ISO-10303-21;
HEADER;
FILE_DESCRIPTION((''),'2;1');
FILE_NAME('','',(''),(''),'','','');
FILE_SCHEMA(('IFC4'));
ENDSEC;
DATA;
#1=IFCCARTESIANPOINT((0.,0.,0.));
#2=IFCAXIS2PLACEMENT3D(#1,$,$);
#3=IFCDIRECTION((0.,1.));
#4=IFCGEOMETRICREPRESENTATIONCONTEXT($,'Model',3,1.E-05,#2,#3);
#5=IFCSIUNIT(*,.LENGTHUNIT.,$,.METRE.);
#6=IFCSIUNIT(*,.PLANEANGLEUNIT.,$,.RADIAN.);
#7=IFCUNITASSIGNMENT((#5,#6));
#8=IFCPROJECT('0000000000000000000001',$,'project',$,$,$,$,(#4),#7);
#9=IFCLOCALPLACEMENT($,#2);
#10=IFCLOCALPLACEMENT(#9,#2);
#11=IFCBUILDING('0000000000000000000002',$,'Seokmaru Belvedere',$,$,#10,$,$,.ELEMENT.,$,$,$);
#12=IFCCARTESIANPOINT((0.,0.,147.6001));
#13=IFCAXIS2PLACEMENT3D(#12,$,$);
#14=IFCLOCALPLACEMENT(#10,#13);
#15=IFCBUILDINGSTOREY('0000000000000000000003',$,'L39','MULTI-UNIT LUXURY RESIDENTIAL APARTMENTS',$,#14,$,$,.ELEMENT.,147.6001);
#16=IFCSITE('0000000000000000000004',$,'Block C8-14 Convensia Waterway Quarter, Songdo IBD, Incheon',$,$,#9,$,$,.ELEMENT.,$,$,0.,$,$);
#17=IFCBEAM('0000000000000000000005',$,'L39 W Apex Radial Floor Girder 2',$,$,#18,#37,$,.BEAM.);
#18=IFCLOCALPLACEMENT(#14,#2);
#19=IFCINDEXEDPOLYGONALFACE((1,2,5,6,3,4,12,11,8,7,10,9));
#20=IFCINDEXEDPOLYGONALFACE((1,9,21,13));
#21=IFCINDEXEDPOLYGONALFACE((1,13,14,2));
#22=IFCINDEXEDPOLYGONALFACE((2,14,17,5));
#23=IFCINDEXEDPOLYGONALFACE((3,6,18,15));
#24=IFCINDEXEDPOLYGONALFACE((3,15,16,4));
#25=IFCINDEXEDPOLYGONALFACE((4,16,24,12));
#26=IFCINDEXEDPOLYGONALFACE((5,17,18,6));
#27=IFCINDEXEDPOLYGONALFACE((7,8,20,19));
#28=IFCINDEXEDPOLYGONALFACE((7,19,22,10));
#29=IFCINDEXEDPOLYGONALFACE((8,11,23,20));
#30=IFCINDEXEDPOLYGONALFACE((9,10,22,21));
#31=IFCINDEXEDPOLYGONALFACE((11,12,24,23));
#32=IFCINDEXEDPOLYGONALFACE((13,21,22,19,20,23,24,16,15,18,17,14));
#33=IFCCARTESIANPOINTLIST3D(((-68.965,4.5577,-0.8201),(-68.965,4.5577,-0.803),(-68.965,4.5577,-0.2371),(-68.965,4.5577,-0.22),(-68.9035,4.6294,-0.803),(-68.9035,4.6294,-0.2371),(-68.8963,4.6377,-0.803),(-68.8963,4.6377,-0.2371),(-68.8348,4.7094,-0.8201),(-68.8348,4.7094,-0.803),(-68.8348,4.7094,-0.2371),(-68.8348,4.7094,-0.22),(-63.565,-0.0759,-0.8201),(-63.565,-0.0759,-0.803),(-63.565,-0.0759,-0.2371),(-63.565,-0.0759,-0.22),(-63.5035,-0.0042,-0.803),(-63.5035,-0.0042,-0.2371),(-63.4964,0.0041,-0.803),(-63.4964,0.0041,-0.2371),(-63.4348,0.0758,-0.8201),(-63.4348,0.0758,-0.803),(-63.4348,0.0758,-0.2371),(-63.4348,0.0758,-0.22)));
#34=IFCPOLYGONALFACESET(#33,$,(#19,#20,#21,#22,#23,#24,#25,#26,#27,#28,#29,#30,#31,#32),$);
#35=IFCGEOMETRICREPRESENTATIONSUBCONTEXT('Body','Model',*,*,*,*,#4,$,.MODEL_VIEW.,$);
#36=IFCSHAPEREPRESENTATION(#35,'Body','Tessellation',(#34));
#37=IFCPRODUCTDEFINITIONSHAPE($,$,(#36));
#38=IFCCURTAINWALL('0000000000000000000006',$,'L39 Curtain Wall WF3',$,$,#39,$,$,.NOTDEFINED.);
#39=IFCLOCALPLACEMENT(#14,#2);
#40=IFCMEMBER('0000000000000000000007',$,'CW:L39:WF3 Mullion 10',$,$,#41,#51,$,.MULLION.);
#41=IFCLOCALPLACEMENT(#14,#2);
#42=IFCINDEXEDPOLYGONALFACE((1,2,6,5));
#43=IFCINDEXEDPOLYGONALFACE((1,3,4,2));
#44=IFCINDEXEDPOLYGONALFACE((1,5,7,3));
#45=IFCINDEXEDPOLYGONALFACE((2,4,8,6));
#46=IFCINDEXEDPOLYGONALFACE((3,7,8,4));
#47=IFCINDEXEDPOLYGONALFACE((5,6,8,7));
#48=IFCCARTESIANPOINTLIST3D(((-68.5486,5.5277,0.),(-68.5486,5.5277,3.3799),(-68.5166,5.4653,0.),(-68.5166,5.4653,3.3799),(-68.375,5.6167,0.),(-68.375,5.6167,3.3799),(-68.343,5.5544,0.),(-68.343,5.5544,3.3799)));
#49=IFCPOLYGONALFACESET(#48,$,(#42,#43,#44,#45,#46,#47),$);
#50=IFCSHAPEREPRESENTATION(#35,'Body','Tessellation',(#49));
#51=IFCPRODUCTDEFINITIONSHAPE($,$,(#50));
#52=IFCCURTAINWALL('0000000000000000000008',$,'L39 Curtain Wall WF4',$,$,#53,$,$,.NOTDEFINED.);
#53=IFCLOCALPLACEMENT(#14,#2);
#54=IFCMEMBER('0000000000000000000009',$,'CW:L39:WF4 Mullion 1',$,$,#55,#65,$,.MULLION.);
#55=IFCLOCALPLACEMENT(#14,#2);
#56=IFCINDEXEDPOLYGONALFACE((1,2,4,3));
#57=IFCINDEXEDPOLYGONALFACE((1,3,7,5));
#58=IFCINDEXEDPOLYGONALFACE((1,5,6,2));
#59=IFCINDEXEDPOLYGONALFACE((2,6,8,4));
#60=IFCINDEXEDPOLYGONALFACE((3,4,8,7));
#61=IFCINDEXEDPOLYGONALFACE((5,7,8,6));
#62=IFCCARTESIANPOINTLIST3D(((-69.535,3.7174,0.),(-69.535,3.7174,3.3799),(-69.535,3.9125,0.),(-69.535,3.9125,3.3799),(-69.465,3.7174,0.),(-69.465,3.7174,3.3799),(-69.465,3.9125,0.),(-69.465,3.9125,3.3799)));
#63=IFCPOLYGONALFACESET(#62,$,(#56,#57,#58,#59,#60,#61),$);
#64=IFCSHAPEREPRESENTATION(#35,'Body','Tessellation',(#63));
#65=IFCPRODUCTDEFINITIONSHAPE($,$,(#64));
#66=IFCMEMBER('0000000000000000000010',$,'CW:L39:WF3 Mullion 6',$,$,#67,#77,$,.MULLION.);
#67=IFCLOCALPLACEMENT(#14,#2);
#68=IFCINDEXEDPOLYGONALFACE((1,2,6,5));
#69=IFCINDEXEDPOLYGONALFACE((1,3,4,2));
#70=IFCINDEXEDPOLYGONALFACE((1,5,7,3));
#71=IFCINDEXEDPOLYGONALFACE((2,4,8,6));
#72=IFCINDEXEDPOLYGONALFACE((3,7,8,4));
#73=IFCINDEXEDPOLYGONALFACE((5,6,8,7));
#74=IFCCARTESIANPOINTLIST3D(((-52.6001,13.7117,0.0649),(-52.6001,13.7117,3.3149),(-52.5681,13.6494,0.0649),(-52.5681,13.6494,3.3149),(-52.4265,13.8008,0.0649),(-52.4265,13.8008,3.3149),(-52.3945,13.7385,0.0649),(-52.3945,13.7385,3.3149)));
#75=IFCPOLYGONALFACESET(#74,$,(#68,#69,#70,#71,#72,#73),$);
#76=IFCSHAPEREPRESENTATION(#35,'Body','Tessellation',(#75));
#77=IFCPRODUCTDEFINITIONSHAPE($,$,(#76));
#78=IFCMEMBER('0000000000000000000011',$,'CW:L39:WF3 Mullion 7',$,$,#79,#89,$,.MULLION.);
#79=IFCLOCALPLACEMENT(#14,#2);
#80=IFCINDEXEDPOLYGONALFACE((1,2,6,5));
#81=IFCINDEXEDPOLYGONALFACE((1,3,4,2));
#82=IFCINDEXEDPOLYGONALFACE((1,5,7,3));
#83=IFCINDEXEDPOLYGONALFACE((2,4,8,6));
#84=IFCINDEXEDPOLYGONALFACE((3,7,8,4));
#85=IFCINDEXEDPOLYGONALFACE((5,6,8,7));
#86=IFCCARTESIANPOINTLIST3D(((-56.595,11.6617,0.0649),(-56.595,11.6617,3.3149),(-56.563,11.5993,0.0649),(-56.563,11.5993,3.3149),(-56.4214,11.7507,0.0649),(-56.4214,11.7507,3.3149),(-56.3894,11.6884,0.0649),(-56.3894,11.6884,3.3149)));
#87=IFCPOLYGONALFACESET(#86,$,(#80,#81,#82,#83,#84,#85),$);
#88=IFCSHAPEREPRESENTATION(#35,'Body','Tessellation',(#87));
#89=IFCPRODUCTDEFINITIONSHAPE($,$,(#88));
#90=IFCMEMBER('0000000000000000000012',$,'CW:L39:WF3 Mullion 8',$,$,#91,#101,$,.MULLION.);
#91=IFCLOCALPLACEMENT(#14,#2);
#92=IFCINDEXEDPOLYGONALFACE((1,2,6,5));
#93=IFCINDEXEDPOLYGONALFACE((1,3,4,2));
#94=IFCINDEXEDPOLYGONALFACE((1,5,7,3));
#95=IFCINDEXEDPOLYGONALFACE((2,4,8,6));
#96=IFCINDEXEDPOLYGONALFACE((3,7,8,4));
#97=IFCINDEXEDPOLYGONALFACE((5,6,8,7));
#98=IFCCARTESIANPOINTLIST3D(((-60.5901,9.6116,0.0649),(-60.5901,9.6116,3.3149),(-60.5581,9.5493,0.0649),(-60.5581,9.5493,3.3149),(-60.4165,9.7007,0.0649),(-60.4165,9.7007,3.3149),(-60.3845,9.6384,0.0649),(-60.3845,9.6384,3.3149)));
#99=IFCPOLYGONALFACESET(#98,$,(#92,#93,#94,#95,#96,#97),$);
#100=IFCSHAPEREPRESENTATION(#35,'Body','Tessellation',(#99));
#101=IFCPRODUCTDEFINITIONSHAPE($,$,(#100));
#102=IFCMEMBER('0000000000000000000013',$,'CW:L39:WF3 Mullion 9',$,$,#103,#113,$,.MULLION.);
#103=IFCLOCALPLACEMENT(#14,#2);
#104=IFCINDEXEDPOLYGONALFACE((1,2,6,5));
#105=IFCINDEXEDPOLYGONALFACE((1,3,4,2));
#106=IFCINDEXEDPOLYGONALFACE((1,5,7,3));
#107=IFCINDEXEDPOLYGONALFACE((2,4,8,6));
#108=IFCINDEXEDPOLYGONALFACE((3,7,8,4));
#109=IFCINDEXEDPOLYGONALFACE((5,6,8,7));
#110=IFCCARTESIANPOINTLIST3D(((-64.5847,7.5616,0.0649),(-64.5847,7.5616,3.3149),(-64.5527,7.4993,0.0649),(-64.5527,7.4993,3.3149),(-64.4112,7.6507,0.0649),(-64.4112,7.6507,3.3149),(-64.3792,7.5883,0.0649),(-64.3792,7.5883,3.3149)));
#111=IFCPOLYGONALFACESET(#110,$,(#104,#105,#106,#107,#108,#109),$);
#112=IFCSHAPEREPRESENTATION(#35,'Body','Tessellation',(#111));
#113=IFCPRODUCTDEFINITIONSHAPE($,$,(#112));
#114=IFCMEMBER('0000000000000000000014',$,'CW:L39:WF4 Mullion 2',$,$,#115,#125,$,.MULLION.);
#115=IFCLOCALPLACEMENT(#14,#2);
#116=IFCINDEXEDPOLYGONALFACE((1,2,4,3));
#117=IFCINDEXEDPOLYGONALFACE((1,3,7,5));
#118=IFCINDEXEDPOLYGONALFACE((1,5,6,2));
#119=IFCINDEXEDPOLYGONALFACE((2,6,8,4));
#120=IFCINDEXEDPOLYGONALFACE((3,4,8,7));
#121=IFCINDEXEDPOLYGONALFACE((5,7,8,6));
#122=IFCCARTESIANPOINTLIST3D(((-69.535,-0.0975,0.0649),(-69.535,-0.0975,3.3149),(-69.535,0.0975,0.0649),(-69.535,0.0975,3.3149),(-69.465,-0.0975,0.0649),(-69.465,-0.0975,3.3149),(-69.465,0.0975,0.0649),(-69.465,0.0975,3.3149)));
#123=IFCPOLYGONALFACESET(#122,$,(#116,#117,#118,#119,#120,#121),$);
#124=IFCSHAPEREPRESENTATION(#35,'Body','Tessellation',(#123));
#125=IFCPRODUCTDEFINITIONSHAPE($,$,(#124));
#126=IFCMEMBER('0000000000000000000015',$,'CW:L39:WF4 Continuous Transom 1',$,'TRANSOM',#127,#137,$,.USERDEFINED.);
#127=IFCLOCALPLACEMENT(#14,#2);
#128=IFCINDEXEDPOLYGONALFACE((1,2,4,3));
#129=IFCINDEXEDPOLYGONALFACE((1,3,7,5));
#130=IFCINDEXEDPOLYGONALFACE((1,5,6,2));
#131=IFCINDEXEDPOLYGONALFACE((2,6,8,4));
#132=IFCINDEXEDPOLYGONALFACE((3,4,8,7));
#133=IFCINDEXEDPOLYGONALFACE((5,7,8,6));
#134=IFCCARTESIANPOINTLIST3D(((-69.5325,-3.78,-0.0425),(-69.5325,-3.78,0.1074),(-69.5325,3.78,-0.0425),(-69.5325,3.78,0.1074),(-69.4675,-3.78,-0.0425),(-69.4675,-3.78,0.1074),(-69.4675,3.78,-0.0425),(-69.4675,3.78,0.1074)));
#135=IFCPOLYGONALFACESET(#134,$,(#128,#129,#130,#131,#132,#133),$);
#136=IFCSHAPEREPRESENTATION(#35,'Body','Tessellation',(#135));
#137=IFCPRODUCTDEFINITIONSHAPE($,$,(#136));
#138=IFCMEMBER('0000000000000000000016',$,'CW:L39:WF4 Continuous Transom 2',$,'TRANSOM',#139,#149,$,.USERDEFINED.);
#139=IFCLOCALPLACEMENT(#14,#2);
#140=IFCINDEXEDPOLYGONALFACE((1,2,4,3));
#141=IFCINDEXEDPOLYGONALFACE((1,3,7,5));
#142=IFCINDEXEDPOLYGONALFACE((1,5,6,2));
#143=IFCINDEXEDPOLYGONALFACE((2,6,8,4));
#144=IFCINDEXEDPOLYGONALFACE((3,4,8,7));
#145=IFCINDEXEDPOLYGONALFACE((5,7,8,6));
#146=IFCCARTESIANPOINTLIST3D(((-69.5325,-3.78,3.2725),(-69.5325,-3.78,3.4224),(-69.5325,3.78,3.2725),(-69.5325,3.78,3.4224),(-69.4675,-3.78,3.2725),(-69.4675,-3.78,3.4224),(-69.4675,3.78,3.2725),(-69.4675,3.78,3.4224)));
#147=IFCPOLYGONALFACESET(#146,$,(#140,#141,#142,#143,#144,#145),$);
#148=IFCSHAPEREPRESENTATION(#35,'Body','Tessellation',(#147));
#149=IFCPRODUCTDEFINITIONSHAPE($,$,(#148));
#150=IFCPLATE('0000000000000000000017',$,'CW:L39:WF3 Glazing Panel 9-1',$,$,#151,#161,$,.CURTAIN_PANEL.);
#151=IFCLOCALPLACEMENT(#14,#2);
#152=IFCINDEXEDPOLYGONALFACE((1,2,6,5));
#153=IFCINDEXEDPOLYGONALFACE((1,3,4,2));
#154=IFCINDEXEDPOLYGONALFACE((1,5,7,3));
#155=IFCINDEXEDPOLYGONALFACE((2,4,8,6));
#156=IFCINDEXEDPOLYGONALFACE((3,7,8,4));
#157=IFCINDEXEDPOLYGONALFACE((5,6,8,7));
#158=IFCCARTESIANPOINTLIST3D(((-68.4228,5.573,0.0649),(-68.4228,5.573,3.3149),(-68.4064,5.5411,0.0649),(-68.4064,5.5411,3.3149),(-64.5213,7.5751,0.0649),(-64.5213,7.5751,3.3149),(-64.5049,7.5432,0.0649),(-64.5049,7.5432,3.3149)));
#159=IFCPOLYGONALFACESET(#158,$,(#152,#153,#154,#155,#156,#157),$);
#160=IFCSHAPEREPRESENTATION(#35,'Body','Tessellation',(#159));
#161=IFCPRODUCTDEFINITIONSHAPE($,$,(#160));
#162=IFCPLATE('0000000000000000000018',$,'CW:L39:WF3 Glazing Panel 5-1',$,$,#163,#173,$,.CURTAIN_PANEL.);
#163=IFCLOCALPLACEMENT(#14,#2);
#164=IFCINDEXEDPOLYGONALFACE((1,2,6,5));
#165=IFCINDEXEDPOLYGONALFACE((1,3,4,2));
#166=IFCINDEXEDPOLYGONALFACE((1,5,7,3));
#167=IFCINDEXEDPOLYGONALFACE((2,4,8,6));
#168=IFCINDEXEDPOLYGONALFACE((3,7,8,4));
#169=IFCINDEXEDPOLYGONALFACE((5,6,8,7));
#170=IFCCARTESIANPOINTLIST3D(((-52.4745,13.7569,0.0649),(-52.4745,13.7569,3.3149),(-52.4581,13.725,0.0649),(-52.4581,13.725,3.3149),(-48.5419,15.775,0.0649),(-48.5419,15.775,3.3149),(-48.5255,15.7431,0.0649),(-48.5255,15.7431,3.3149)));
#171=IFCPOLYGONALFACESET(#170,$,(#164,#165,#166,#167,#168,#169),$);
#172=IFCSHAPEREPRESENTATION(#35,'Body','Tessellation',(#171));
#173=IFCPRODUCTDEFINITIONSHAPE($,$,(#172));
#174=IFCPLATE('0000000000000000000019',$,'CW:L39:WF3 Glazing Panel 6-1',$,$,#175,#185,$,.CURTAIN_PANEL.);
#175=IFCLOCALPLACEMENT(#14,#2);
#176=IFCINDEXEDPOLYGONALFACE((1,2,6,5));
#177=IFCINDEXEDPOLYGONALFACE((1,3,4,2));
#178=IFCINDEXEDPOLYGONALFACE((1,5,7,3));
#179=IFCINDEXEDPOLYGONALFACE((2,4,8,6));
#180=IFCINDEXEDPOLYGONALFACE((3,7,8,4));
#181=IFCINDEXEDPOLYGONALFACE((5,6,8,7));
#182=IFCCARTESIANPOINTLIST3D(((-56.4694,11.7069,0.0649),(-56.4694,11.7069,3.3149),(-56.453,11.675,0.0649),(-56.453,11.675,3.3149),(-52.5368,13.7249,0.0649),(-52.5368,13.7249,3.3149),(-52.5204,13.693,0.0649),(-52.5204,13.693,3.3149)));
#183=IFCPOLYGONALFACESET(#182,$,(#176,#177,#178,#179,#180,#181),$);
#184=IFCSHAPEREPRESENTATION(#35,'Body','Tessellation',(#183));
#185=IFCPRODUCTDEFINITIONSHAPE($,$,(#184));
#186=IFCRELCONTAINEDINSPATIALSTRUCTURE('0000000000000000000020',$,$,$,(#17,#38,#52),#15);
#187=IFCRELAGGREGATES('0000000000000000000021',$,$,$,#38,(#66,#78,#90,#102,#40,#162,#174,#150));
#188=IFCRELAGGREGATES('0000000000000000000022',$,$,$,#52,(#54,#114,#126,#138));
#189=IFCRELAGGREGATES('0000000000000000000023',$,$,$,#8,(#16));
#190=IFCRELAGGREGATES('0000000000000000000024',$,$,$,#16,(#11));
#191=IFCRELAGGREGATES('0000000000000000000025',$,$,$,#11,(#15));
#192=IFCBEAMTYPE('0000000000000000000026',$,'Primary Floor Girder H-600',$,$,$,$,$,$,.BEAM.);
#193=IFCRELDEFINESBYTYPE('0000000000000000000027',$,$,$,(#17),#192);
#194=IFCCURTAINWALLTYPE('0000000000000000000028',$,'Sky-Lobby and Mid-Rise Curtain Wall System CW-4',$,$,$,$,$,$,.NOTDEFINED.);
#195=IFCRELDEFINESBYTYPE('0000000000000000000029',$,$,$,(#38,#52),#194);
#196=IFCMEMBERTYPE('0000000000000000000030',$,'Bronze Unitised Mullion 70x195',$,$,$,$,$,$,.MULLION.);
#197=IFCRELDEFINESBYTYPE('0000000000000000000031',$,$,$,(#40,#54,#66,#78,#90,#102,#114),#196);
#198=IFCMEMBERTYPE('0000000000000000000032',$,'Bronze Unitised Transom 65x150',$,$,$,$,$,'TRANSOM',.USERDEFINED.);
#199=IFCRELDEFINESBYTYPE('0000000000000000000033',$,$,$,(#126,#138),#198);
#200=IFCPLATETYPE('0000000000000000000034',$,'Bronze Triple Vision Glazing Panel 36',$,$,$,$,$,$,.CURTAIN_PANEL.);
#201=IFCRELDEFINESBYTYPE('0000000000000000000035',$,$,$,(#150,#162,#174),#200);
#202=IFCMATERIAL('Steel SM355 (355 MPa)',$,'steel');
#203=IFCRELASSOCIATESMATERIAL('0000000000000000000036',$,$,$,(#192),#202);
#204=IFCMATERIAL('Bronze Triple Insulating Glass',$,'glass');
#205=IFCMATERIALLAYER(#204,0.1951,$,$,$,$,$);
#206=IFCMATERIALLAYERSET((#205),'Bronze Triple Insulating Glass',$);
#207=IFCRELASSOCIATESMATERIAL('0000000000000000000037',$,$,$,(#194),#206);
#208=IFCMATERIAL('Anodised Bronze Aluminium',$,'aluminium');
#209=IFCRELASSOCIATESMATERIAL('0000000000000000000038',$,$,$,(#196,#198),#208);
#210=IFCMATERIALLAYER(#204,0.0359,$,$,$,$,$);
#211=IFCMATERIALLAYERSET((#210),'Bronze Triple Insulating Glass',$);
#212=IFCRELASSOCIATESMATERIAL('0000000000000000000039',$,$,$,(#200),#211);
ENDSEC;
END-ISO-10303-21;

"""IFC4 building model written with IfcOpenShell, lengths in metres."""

from ifc_helpers import new_model, si_unit, direction, frame, origin, origin_2d, place, context, subcontext, project, spatial, rectangle, i_section, extrude, source, transform, mapped, material, layer, layer_set, material_profile, profile_set, type_object, type_shapes, element, aggregate, save


model = new_model("IFC4")

# Units and contexts
model_context = context("Model", 3, precision=1e-05, world=origin(), true_north=direction((0.0, 1.0)))
body_context = subcontext(model_context, "Body", "Model", "MODEL_VIEW")
ifc_project = project(units=[si_unit("LENGTHUNIT", "METRE"), si_unit("PLANEANGLEUNIT", "RADIAN")], contexts=[model_context])

# Site, building, storey
site_placement = place(None, origin())
site = spatial("IfcSite", under=ifc_project, at=site_placement, Name="Block C8-14 Convensia Waterway Quarter, Songdo IBD, Incheon", CompositionType="ELEMENT", RefElevation=0.0)
building_placement = place(site_placement, origin())
building = spatial("IfcBuilding", under=site, at=building_placement, Name="Seokmaru Belvedere", CompositionType="ELEMENT")
storey_placement = place(building_placement, frame((0.0, 0.0, 147.6001)))
storey = spatial("IfcBuildingStorey", under=building, at=storey_placement, Name="L39", Description="MULTI-UNIT LUXURY RESIDENTIAL APARTMENTS", CompositionType="ELEMENT", Elevation=147.6001)

# Shared definitions
ifc_material_1 = material(Name="Steel SM355 (355 MPa)", Category="steel")

# Beam
ifc_material_profile_1 = material_profile(ifc_material_1, i_section(OverallWidth=0.2, OverallDepth=0.6001, WebThickness=0.011, FlangeThickness=0.0171, at=origin_2d()), Name="H-600x200x11x17")
ifc_profile_set_1 = profile_set([ifc_material_profile_1], Name="Steel SM355 (355 MPa)")
beam_type_1 = type_object("IfcBeamType", Name="Primary Floor Girder H-600", PredefinedType="BEAM", material=ifc_profile_set_1)
shared_shape_1 = source(origin(), body_context, "Body", "SweptSolid", [
    extrude(i_section(OverallWidth=0.2, OverallDepth=0.6001, WebThickness=0.011, FlangeThickness=0.0171, at=origin_2d()), origin(), (0.0, 0.0, 1.0), 7.1155),
])
beam_1_placement = place(storey_placement, frame((-68.8999, 4.6335, -0.52), z_axis=(0.758905, -0.651201, 0.0), x_axis=(0.651201, 0.758905, 0.0)))
element("IfcBeam", 1, at=beam_1_placement, inside=storey, type_object=beam_type_1, Name="L39 W Apex Radial Floor Girder 2", PredefinedType="BEAM", context=body_context, shape_type="MappedRepresentation", body=[
    mapped(shared_shape_1, transform((0.0, 0.0, 0.0), scale=1.0)),
])

# Curtain walls, members
ifc_material_2 = material(Name="Bronze Triple Insulating Glass", Category="glass")
ifc_layer_1 = layer(ifc_material_2, 0.1951)
ifc_layer_set_1 = layer_set([ifc_layer_1], Name="Bronze Triple Insulating Glass")
curtain_wall_type = type_object("IfcCurtainWallType", Name="Sky-Lobby and Mid-Rise Curtain Wall System CW-4", PredefinedType="NOTDEFINED", material=ifc_layer_set_1)
curtain_wall_1_placement = place(storey_placement, origin())
curtain_wall_1 = element("IfcCurtainWall", 2, at=curtain_wall_1_placement, inside=storey, type_object=curtain_wall_type, Name="L39 Curtain Wall WF3", PredefinedType="NOTDEFINED")
ifc_material_3 = material(Name="Anodised Bronze Aluminium", Category="aluminium")
ifc_material_profile_2 = material_profile(ifc_material_3, rectangle(XDim=0.0701, YDim=0.1951, at=origin_2d()), Name="CW-M-70x195")
ifc_profile_set_2 = profile_set([ifc_material_profile_2], Name="Anodised Bronze Aluminium")
member_type_1 = type_object("IfcMemberType", Name="Bronze Unitised Mullion 70x195", PredefinedType="MULLION", material=ifc_profile_set_2)
shared_shape_2 = source(origin(), body_context, "Body", "SweptSolid", [
    extrude(rectangle(XDim=0.0701, YDim=0.1951, at=origin_2d()), origin(), (0.0, 0.0, 1.0), 3.3799),
])
member_1_placement = place(storey_placement, frame((-68.4458, 5.541, 0.0), z_axis=(0.0, 0.0, 1.0), x_axis=(0.456555, -0.889695, 0.0)))
member_1 = element("IfcMember", 3, at=member_1_placement, type_object=member_type_1, Name="CW:L39:WF3 Mullion 10", PredefinedType="MULLION", context=body_context, shape_type="MappedRepresentation", body=[
    mapped(shared_shape_2, transform((0.0, 0.0, 0.0), scale=1.0)),
])
curtain_wall_2_placement = place(storey_placement, origin())
curtain_wall_2 = element("IfcCurtainWall", 4, at=curtain_wall_2_placement, inside=storey, type_object=curtain_wall_type, Name="L39 Curtain Wall WF4", PredefinedType="NOTDEFINED")
member_2_placement = place(storey_placement, frame((-69.5, 3.8149, 0.0), z_axis=(0.0, 0.0, 1.0), x_axis=(1.0, 0.0, 0.0)))
member_2 = element("IfcMember", 5, at=member_2_placement, type_object=member_type_1, Name="CW:L39:WF4 Mullion 1", PredefinedType="MULLION", context=body_context, shape_type="MappedRepresentation", body=[
    mapped(shared_shape_2, transform((0.0, 0.0, 0.0), scale=1.0)),
])

# Members
shared_shape_3 = source(origin(), body_context, "Body", "SweptSolid", [
    extrude(rectangle(XDim=0.0701, YDim=0.1951, at=origin_2d()), origin(), (0.0, 0.0, 1.0), 3.25),
])
type_shapes(member_type_1, [shared_shape_2, shared_shape_3])
member_3_placement = place(storey_placement, frame((-52.4973, 13.7251, 0.0649), z_axis=(0.0, 0.0, 1.0), x_axis=(0.456555, -0.889695, 0.0)))
member_3 = element("IfcMember", 6, at=member_3_placement, type_object=member_type_1, Name="CW:L39:WF3 Mullion 6", PredefinedType="MULLION", context=body_context, shape_type="MappedRepresentation", body=[
    mapped(shared_shape_3, transform((0.0, 0.0, 0.0), scale=1.0)),
])
member_4_placement = place(storey_placement, frame((-56.4922, 11.675, 0.0649), z_axis=(0.0, 0.0, 1.0), x_axis=(0.456555, -0.889695, 0.0)))
member_4 = element("IfcMember", 7, at=member_4_placement, type_object=member_type_1, Name="CW:L39:WF3 Mullion 7", PredefinedType="MULLION", context=body_context, shape_type="MappedRepresentation", body=[
    mapped(shared_shape_3, transform((0.0, 0.0, 0.0), scale=1.0)),
])
member_5_placement = place(storey_placement, frame((-60.4873, 9.625, 0.0649), z_axis=(0.0, 0.0, 1.0), x_axis=(0.456555, -0.889695, 0.0)))
member_5 = element("IfcMember", 8, at=member_5_placement, type_object=member_type_1, Name="CW:L39:WF3 Mullion 8", PredefinedType="MULLION", context=body_context, shape_type="MappedRepresentation", body=[
    mapped(shared_shape_3, transform((0.0, 0.0, 0.0), scale=1.0)),
])
member_6_placement = place(storey_placement, frame((-64.4819, 7.575, 0.0649), z_axis=(0.0, 0.0, 1.0), x_axis=(0.456555, -0.889695, 0.0)))
member_6 = element("IfcMember", 9, at=member_6_placement, type_object=member_type_1, Name="CW:L39:WF3 Mullion 9", PredefinedType="MULLION", context=body_context, shape_type="MappedRepresentation", body=[
    mapped(shared_shape_3, transform((0.0, 0.0, 0.0), scale=1.0)),
])
member_7_placement = place(storey_placement, frame((-69.5, 0.0, 0.0649), z_axis=(0.0, 0.0, 1.0), x_axis=(1.0, 0.0, 0.0)))
member_7 = element("IfcMember", 10, at=member_7_placement, type_object=member_type_1, Name="CW:L39:WF4 Mullion 2", PredefinedType="MULLION", context=body_context, shape_type="MappedRepresentation", body=[
    mapped(shared_shape_3, transform((0.0, 0.0, 0.0), scale=1.0)),
])
ifc_material_profile_3 = material_profile(ifc_material_3, rectangle(XDim=0.0649, YDim=0.1499, at=origin_2d()), Name="CW-T-65x150")
ifc_profile_set_3 = profile_set([ifc_material_profile_3], Name="Anodised Bronze Aluminium")
member_type_2 = type_object("IfcMemberType", Name="Bronze Unitised Transom 65x150", ElementType="TRANSOM", PredefinedType="USERDEFINED", material=ifc_profile_set_3)
shared_shape_4 = source(origin(), body_context, "Body", "SweptSolid", [
    extrude(rectangle(XDim=0.0649, YDim=0.1499, at=origin_2d()), origin(), (0.0, 0.0, 1.0), 7.5601),
])
type_shapes(member_type_2, [shared_shape_4])
member_8_placement = place(storey_placement, frame((-69.5, 3.78, 0.0325), z_axis=(0.0, -1.0, 0.0), x_axis=(1.0, 0.0, 0.0)))
member_8 = element("IfcMember", 11, at=member_8_placement, type_object=member_type_2, Name="CW:L39:WF4 Continuous Transom 1", ObjectType="TRANSOM", PredefinedType="USERDEFINED", context=body_context, shape_type="MappedRepresentation", body=[
    mapped(shared_shape_4, transform((0.0, 0.0, 0.0), scale=1.0)),
])
member_9_placement = place(storey_placement, frame((-69.5, 3.78, 3.3474), z_axis=(0.0, -1.0, 0.0), x_axis=(1.0, 0.0, 0.0)))
member_9 = element("IfcMember", 12, at=member_9_placement, type_object=member_type_2, Name="CW:L39:WF4 Continuous Transom 2", ObjectType="TRANSOM", PredefinedType="USERDEFINED", context=body_context, shape_type="MappedRepresentation", body=[
    mapped(shared_shape_4, transform((0.0, 0.0, 0.0), scale=1.0)),
])

# Plates
ifc_layer_2 = layer(ifc_material_2, 0.0359)
ifc_layer_set_2 = layer_set([ifc_layer_2], Name="Bronze Triple Insulating Glass")
plate_type = type_object("IfcPlateType", Name="Bronze Triple Vision Glazing Panel 36", PredefinedType="CURTAIN_PANEL", material=ifc_layer_set_2)
shared_shape_5 = source(origin(), body_context, "Body", "SweptSolid", [
    extrude(rectangle(XDim=4.3853, YDim=0.0359, at=origin_2d()), origin(), (0.0, 0.0, 1.0), 3.25),
])
plate_1_placement = place(storey_placement, frame((-66.4639, 6.5581, 0.0649), z_axis=(0.0, 0.0, 1.0), x_axis=(-0.889695, -0.456555, 0.0)))
plate_1 = element("IfcPlate", 13, at=plate_1_placement, type_object=plate_type, Name="CW:L39:WF3 Glazing Panel 9-1", PredefinedType="CURTAIN_PANEL", context=body_context, shape_type="MappedRepresentation", body=[
    mapped(shared_shape_5, transform((0.0, 0.0, 0.0), scale=1.0)),
])
shared_shape_6 = source(origin(), body_context, "Body", "SweptSolid", [
    extrude(rectangle(XDim=4.4202, YDim=0.0359, at=origin_2d()), origin(), (0.0, 0.0, 1.0), 3.25),
])
plate_2_placement = place(storey_placement, frame((-50.5, 14.75, 0.0649), z_axis=(0.0, 0.0, 1.0), x_axis=(-0.889695, -0.456555, 0.0)))
plate_2 = element("IfcPlate", 14, at=plate_2_placement, type_object=plate_type, Name="CW:L39:WF3 Glazing Panel 5-1", PredefinedType="CURTAIN_PANEL", context=body_context, shape_type="MappedRepresentation", body=[
    mapped(shared_shape_6, transform((0.0, 0.0, 0.0), scale=1.0)),
])
plate_3_placement = place(storey_placement, frame((-54.4949, 12.7, 0.0649), z_axis=(0.0, 0.0, 1.0), x_axis=(-0.889695, -0.456555, 0.0)))
plate_3 = element("IfcPlate", 15, at=plate_3_placement, type_object=plate_type, Name="CW:L39:WF3 Glazing Panel 6-1", PredefinedType="CURTAIN_PANEL", context=body_context, shape_type="MappedRepresentation", body=[
    mapped(shared_shape_6, transform((0.0, 0.0, 0.0), scale=1.0)),
])
aggregate(curtain_wall_1, [member_3, member_4, member_5, member_6, member_1, plate_2, plate_3, plate_1])
aggregate(curtain_wall_2, [member_2, member_7, member_8, member_9])

save(model, "model.ifc")
